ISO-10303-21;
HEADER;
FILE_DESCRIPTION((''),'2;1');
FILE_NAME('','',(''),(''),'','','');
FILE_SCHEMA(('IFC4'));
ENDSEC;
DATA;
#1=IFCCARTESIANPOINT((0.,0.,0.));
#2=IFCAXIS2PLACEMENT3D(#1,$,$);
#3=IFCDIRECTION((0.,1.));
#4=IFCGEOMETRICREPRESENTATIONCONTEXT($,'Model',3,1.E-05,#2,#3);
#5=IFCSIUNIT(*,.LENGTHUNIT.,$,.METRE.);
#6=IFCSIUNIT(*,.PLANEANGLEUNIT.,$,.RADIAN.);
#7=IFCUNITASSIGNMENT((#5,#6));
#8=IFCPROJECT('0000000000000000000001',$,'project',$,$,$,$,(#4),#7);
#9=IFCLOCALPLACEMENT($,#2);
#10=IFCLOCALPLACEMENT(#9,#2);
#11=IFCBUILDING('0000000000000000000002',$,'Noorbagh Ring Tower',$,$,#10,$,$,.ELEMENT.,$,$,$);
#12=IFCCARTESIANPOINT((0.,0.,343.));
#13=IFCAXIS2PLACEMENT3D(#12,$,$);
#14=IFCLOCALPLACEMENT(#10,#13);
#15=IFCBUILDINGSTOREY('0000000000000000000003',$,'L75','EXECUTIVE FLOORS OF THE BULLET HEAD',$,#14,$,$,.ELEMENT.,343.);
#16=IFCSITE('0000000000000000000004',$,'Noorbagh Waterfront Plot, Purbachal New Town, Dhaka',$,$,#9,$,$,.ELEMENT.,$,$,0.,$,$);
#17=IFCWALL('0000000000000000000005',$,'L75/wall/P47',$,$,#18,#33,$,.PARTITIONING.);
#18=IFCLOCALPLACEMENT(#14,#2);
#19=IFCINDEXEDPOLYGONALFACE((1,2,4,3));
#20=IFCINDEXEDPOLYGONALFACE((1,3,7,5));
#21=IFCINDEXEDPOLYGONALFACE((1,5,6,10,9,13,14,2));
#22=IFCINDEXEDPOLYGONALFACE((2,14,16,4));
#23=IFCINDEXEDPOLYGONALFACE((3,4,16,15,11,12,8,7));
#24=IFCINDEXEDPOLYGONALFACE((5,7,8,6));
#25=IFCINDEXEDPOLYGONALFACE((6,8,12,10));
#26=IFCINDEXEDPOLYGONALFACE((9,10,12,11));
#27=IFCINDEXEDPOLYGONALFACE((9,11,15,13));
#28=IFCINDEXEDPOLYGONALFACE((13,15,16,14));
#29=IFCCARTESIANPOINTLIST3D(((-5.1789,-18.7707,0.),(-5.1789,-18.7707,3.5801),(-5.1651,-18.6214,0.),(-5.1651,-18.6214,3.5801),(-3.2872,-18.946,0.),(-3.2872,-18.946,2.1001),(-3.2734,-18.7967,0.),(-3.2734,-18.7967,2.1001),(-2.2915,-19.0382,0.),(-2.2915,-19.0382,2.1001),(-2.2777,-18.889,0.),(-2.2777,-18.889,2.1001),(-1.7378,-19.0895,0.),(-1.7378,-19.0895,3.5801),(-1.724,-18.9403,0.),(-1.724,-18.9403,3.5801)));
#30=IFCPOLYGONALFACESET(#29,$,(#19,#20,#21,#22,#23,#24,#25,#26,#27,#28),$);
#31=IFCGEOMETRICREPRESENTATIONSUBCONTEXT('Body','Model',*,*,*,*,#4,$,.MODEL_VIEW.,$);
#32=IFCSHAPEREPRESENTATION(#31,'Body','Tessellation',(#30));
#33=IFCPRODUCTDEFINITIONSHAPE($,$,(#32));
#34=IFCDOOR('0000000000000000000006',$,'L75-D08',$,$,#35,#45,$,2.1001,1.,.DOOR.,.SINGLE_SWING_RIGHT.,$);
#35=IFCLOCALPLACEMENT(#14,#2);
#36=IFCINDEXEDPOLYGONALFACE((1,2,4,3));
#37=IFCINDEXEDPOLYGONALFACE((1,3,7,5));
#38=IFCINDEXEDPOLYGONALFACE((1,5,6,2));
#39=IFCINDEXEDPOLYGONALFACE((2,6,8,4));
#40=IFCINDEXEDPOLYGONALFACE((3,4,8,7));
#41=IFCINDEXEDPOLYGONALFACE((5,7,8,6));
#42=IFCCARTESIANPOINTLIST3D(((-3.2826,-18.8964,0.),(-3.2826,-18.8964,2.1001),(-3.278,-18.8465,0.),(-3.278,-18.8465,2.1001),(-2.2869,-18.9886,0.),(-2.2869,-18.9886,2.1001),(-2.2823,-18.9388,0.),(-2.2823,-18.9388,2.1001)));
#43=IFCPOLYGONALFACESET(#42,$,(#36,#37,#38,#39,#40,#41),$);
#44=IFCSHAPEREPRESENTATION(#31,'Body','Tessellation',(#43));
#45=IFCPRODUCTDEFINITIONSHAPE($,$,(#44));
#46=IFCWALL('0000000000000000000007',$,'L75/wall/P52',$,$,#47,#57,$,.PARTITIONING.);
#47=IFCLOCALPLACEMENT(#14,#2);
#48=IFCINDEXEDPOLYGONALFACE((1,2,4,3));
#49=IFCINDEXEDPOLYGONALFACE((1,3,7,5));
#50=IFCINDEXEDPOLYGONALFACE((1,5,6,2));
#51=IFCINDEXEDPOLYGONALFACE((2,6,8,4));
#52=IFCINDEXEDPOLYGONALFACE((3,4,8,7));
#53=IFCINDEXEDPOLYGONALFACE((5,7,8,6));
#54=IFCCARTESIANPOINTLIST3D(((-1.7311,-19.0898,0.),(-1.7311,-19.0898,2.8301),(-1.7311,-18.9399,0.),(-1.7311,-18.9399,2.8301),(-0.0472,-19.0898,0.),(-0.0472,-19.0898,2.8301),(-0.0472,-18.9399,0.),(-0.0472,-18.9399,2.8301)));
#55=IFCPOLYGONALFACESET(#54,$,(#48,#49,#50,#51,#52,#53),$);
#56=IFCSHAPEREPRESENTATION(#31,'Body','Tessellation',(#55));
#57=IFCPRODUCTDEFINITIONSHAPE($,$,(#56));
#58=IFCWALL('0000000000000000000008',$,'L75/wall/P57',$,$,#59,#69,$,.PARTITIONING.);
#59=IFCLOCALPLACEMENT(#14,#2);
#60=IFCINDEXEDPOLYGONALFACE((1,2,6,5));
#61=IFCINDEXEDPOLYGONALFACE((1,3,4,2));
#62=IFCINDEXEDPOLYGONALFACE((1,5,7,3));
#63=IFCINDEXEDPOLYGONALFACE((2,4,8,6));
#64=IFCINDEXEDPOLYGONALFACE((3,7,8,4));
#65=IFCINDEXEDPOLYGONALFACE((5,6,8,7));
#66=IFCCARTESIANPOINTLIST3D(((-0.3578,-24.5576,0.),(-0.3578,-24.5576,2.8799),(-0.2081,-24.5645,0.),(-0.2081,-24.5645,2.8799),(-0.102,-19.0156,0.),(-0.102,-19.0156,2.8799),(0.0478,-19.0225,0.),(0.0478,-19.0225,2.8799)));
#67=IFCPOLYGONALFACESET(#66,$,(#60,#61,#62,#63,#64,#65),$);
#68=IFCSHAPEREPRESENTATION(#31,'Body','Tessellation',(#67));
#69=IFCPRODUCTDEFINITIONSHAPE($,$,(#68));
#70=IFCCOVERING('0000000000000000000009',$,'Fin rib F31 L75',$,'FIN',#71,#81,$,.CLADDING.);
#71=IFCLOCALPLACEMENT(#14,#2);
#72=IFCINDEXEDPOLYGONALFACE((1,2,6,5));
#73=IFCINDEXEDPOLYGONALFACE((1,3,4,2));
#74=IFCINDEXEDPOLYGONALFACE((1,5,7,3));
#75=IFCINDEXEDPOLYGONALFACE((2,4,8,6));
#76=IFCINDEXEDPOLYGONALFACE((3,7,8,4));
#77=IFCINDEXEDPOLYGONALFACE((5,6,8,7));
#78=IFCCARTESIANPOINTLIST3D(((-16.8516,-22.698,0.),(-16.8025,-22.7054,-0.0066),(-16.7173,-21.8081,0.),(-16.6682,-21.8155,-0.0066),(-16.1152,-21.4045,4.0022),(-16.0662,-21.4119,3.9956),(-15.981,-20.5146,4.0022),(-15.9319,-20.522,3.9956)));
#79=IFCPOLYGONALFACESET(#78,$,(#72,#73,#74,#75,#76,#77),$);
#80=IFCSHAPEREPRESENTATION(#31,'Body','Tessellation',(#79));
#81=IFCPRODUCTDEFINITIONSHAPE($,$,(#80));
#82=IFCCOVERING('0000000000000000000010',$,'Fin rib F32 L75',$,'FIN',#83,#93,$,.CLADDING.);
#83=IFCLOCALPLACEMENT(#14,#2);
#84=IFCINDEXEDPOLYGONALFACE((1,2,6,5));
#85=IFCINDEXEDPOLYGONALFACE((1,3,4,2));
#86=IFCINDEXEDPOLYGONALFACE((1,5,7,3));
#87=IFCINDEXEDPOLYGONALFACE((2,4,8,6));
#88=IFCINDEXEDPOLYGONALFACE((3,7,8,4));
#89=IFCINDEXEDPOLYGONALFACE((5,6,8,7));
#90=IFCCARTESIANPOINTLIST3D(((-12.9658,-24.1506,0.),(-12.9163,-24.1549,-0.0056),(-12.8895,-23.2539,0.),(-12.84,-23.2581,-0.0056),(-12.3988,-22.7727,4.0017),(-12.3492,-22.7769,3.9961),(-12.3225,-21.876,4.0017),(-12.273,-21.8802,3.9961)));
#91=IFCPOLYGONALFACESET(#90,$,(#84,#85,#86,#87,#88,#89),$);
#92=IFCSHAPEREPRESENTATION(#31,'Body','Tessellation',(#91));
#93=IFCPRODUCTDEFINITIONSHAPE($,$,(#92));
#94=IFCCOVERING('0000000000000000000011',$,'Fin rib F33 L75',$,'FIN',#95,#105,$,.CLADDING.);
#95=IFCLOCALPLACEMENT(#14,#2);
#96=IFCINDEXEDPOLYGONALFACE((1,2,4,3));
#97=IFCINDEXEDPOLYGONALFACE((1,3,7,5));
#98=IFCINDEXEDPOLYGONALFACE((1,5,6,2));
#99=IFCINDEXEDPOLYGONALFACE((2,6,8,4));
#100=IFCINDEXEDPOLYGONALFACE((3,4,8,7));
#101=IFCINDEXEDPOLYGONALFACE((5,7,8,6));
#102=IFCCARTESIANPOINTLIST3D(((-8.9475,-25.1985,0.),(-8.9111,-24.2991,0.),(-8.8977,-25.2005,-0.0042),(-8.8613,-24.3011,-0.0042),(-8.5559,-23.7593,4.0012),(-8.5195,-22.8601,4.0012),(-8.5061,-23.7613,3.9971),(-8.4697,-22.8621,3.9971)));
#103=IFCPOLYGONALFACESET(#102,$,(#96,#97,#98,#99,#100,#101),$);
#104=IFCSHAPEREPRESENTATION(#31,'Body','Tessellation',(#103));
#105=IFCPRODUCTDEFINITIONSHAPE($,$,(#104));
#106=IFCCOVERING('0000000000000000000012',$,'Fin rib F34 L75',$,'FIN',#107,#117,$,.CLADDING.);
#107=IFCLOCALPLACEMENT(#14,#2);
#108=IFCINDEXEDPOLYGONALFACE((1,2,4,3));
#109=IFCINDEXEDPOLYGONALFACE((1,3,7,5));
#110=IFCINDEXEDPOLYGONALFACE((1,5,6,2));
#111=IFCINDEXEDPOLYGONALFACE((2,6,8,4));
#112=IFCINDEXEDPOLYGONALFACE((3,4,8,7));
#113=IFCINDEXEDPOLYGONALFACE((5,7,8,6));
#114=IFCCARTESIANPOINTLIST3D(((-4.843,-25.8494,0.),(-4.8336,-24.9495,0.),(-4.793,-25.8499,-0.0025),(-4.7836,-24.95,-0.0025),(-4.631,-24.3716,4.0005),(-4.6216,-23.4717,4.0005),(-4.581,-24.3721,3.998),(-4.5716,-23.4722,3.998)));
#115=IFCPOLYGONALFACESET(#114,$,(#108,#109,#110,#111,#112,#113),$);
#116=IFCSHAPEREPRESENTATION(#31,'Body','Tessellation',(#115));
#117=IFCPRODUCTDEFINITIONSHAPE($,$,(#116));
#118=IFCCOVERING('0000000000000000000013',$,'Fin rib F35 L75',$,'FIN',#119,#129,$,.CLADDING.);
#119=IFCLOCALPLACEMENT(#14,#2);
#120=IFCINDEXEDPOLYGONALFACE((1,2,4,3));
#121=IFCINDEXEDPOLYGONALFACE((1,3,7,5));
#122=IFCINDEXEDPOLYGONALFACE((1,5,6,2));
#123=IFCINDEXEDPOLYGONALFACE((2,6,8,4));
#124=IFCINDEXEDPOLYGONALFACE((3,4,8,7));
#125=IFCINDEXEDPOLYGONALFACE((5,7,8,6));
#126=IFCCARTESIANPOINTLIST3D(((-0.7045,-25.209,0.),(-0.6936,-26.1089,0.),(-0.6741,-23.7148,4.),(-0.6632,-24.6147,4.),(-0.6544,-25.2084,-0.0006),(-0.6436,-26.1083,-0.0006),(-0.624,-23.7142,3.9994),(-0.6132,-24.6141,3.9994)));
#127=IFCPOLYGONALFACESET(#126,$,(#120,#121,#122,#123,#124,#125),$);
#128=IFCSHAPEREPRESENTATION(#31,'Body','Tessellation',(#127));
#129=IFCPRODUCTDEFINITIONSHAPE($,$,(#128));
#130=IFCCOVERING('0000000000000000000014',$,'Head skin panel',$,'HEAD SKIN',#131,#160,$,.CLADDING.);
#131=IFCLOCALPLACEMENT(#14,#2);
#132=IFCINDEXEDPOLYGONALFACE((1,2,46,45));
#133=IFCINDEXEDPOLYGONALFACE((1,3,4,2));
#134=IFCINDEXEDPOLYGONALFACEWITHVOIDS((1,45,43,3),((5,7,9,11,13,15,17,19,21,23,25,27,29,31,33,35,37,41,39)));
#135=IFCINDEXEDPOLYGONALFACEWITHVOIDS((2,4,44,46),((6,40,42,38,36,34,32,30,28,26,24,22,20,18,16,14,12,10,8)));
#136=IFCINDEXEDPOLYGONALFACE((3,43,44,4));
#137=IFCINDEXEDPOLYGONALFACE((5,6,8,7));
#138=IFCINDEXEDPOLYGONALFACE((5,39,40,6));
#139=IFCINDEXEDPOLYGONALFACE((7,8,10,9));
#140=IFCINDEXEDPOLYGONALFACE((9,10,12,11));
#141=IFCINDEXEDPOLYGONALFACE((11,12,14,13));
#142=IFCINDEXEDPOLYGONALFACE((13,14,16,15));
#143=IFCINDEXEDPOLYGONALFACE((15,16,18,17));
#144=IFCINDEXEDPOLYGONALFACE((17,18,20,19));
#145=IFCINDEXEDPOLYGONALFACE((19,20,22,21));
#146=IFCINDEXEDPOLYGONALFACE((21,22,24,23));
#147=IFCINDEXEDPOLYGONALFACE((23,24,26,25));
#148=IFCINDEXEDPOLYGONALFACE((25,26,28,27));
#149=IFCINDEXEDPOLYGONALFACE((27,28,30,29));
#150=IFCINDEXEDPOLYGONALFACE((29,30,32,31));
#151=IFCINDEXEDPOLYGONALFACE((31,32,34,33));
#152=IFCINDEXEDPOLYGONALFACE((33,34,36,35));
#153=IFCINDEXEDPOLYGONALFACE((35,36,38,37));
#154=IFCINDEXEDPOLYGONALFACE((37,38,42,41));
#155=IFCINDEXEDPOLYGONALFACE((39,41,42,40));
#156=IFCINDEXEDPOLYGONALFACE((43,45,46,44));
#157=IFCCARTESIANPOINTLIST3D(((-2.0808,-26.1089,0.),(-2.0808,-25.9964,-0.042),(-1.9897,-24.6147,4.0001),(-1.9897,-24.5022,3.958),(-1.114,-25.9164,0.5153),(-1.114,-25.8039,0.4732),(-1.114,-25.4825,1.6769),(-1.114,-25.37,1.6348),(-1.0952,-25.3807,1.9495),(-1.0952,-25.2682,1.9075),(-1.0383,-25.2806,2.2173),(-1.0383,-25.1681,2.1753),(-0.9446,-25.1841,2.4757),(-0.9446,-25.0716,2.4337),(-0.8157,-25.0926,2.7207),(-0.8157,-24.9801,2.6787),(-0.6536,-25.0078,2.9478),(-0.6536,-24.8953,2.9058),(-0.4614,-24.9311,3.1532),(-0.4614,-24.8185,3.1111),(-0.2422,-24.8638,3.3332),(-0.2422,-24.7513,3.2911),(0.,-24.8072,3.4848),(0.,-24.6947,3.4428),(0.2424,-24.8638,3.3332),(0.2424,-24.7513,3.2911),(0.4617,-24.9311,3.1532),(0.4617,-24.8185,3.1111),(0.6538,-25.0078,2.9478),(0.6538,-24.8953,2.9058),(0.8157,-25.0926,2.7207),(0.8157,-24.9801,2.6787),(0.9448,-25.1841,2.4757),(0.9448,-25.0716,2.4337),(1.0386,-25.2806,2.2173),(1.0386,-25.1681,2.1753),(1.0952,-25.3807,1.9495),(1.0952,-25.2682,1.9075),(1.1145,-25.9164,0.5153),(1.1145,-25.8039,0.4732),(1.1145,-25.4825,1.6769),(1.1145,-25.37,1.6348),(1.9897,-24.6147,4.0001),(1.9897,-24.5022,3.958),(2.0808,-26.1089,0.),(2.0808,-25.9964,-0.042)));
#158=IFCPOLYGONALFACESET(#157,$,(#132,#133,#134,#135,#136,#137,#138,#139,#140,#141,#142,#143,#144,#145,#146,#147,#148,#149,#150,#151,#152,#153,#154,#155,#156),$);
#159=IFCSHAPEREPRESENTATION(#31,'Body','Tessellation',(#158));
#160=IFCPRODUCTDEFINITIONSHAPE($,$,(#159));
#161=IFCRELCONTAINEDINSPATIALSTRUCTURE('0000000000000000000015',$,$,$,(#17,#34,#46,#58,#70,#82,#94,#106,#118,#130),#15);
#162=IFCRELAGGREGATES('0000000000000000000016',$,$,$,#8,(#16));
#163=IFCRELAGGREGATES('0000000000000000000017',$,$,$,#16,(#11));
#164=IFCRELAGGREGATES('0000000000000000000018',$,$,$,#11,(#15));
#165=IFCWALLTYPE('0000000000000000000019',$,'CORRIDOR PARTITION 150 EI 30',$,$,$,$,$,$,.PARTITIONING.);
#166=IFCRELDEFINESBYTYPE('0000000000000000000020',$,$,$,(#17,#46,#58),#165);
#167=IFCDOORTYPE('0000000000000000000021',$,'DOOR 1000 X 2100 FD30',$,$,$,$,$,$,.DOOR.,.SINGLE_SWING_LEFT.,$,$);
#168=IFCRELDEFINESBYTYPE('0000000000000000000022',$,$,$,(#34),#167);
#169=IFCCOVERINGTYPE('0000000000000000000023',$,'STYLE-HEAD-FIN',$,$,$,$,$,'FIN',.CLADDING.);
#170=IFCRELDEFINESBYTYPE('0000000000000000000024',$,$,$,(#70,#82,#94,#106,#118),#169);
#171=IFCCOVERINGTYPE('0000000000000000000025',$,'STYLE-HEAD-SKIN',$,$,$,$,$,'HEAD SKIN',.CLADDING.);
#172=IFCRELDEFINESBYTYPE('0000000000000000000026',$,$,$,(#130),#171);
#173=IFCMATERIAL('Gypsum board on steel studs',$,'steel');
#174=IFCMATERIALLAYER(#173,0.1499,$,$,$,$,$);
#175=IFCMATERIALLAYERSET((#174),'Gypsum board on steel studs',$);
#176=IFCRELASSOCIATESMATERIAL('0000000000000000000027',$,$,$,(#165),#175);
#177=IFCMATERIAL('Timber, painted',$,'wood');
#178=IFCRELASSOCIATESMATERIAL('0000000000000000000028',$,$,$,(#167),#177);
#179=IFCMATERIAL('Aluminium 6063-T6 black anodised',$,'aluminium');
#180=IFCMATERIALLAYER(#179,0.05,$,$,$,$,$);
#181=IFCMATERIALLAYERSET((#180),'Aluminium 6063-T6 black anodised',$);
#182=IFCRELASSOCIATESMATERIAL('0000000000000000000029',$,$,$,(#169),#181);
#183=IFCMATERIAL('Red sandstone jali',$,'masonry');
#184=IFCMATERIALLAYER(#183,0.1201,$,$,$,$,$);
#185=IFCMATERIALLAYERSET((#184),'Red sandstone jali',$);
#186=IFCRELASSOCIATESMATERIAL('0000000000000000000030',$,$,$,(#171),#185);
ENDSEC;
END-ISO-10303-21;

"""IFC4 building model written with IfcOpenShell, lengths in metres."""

from ifc_helpers import new_model, si_unit, direction, frame, frame_2d, origin, place, context, subcontext, project, spatial, polyline, rectangle, outline, extrude, material, layer, layer_set, type_object, element, fill, save


model = new_model("IFC4")

# Units and contexts
model_context = context("Model", 3, precision=1e-05, world=origin(), true_north=direction((0.0, 1.0)))
body_context = subcontext(model_context, "Body", "Model", "MODEL_VIEW")
ifc_project = project(units=[si_unit("LENGTHUNIT", "METRE"), si_unit("PLANEANGLEUNIT", "RADIAN")], contexts=[model_context])

# Site, building, storey
site_placement = place(None, origin())
site = spatial("IfcSite", under=ifc_project, at=site_placement, Name="Noorbagh Waterfront Plot, Purbachal New Town, Dhaka", CompositionType="ELEMENT", RefElevation=0.0)
building_placement = place(site_placement, origin())
building = spatial("IfcBuilding", under=site, at=building_placement, Name="Noorbagh Ring Tower", CompositionType="ELEMENT")
storey_placement = place(building_placement, frame((0.0, 0.0, 343.0)))
storey = spatial("IfcBuildingStorey", under=building, at=storey_placement, Name="L75", Description="EXECUTIVE FLOORS OF THE BULLET HEAD", CompositionType="ELEMENT", Elevation=343.0)

# Shared definitions
ifc_material_1 = material(Name="Gypsum board on steel studs", Category="steel")
ifc_layer_1 = layer(ifc_material_1, 0.1499)
ifc_layer_set_1 = layer_set([ifc_layer_1], Name="Gypsum board on steel studs")
wall_type = type_object("IfcWallType", Name="CORRIDOR PARTITION 150 EI 30", PredefinedType="PARTITIONING", material=ifc_layer_set_1)

# Wall, opening, door
wall_1_placement = place(storey_placement, frame((-5.1721, -18.696, 0.0), z_axis=(0.0, 0.0, 1.0), x_axis=(0.995735, -0.092262, 0.0)))
wall_1 = element("IfcWall", 1, at=wall_1_placement, inside=storey, type_object=wall_type, Name="L75/wall/P47", PredefinedType="PARTITIONING", context=body_context, shape_type="SweptSolid", body=[
    extrude(rectangle(XDim=3.4558, YDim=0.1499, at=frame_2d((1.728, 0.0))), origin(), (0.0, 0.0, 1.0), 3.5801),
])
opening_placement = place(wall_1_placement, frame((1.8999, 0.0, 0.0)))
opening = element("IfcOpeningElement", 2, at=opening_placement, cuts=wall_1, PredefinedType="OPENING", context=body_context, shape_type="SweptSolid", body=[
    extrude(rectangle(XDim=1.0, YDim=2.1001, at=frame_2d((0.5, 1.05))), frame((0.0, 0.085, 0.0), z_axis=(0.0, -1.0, 0.0), x_axis=(1.0, 0.0, 0.0)), (0.0, 0.0, 1.0), 0.1699),
])
ifc_material_2 = material(Name="Timber, painted", Category="wood")
door_type = type_object("IfcDoorType", Name="DOOR 1000 X 2100 FD30", OperationType="SINGLE_SWING_LEFT", PredefinedType="DOOR", material=ifc_material_2)
door_placement = place(opening_placement, origin())
door = element("IfcDoor", 3, at=door_placement, inside=storey, type_object=door_type, Name="L75-D08", OperationType="SINGLE_SWING_RIGHT", OverallHeight=2.1001, OverallWidth=1.0, PredefinedType="DOOR", context=body_context, shape_type="SweptSolid", body=[
    extrude(rectangle(XDim=1.0, YDim=2.1001, at=frame_2d((0.5, 1.05))), frame((0.0, 0.0249, 0.0), z_axis=(0.0, -1.0, 0.0), x_axis=(1.0, 0.0, 0.0)), (0.0, 0.0, 1.0), 0.05),
])
fill(opening, door)

# Walls
wall_2_placement = place(storey_placement, frame((-1.731, -19.0149, 0.0), z_axis=(0.0, 0.0, 1.0), x_axis=(1.0, 0.0, 0.0)))
element("IfcWall", 4, at=wall_2_placement, inside=storey, type_object=wall_type, Name="L75/wall/P52", PredefinedType="PARTITIONING", context=body_context, shape_type="SweptSolid", body=[
    extrude(rectangle(XDim=1.6838, YDim=0.1499, at=frame_2d((0.8418, 0.0))), origin(), (0.0, 0.0, 1.0), 2.8301),
])
wall_3_placement = place(storey_placement, frame((-0.283, -24.561, 0.0), z_axis=(0.0, 0.0, 1.0), x_axis=(0.046118, 0.998936, 0.0)))
element("IfcWall", 5, at=wall_3_placement, inside=storey, type_object=wall_type, Name="L75/wall/P57", PredefinedType="PARTITIONING", context=body_context, shape_type="SweptSolid", body=[
    extrude(rectangle(XDim=5.5479, YDim=0.1499, at=frame_2d((2.7739, 0.0))), origin(), (0.0, 0.0, 1.0), 2.8799),
])

# Coverings
ifc_material_3 = material(Name="Aluminium 6063-T6 black anodised", Category="aluminium")
ifc_layer_2 = layer(ifc_material_3, 0.05)
ifc_layer_set_2 = layer_set([ifc_layer_2], Name="Aluminium 6063-T6 black anodised")
covering_type_1 = type_object("IfcCoveringType", Name="STYLE-HEAD-FIN", ElementType="FIN", PredefinedType="CLADDING", material=ifc_layer_set_2)
covering_1_placement = place(storey_placement, frame((-16.8516, -22.698, 0.0), z_axis=(-0.980085, 0.147887, 0.132522), x_axis=(0.172443, 0.302918, 0.937285)))
element("IfcCovering", 6, at=covering_1_placement, inside=storey, type_object=covering_type_1, Name="Fin rib F31 L75", ObjectType="FIN", PredefinedType="CLADDING", context=body_context, shape_type="SweptSolid", body=[
    extrude(outline(polyline([(0.0, 0.0), (4.27, 0.0), (4.5627, 0.851), (0.2927, 0.851), (0.0, 0.0)])), origin(), (0.0, 0.0, -1.0), 0.05),
])
covering_2_placement = place(storey_placement, frame((-12.9658, -24.1506, 0.0), z_axis=(-0.99021, 0.084247, 0.111297), x_axis=(0.132787, 0.32269, 0.937144)))
element("IfcCovering", 7, at=covering_2_placement, inside=storey, type_object=covering_type_1, Name="Fin rib F32 L75", ObjectType="FIN", PredefinedType="CLADDING", context=body_context, shape_type="SweptSolid", body=[
    extrude(outline(polyline([(0.0, 0.0), (4.2701, 0.0), (4.5696, 0.8487), (0.2995, 0.8487), (0.0, 0.0)])), origin(), (0.0, 0.0, -1.0), 0.05),
])
covering_3_placement = place(storey_placement, frame((-8.9475, -25.1985, 0.0), z_axis=(-0.995738, 0.040278, 0.082967), x_axis=(0.091707, 0.337037, 0.937014)))
element("IfcCovering", 8, at=covering_3_placement, inside=storey, type_object=covering_type_1, Name="Fin rib F33 L75", ObjectType="FIN", PredefinedType="CLADDING", context=body_context, shape_type="SweptSolid", body=[
    extrude(outline(polyline([(0.0, 0.0), (4.2702, 0.0), (4.5766, 0.8461), (0.3065, 0.8464), (0.0, 0.0)])), origin(), (0.0, 0.0, -1.0), 0.05),
])
covering_4_placement = place(storey_placement, frame((-4.843, -25.8494, 0.0), z_axis=(-0.99874, 0.010432, 0.049082), x_axis=(0.049657, 0.346087, 0.936887)))
element("IfcCovering", 9, at=covering_4_placement, inside=storey, type_object=covering_type_1, Name="Fin rib F34 L75", ObjectType="FIN", PredefinedType="CLADDING", context=body_context, shape_type="SweptSolid", body=[
    extrude(outline(polyline([(0.0, 0.0), (4.27, 0.0), (4.5819, 0.8442), (0.3119, 0.8442), (0.0, 0.0)])), origin(), (0.0, 0.0, -1.0), 0.05),
])
covering_5_placement = place(storey_placement, frame((-0.6936, -26.1089, 0.0), z_axis=(-0.999854, -0.012071, 0.012107), x_axis=(0.007118, 0.349911, 0.936756)))
element("IfcCovering", 10, at=covering_5_placement, inside=storey, type_object=covering_type_1, Name="Fin rib F35 L75", ObjectType="FIN", PredefinedType="CLADDING", context=body_context, shape_type="SweptSolid", body=[
    extrude(outline(polyline([(0.0, 0.0), (4.2701, 0.0), (4.5849, 0.8431), (0.3148, 0.8431), (0.0, 0.0)])), origin(), (0.0, 0.0, -1.0), 0.05),
])
ifc_material_4 = material(Name="Red sandstone jali", Category="masonry")
ifc_layer_3 = layer(ifc_material_4, 0.1201)
ifc_layer_set_3 = layer_set([ifc_layer_3], Name="Red sandstone jali")
covering_type_2 = type_object("IfcCoveringType", Name="STYLE-HEAD-SKIN", ElementType="HEAD SKIN", PredefinedType="CLADDING", material=ifc_layer_set_3)
covering_6_placement = place(storey_placement, frame((-2.0808, -26.1089, 0.0), z_axis=(0.0, -0.93678, 0.34992), x_axis=(1.0, 0.0, 0.0)))
element("IfcCovering", 11, at=covering_6_placement, inside=storey, type_object=covering_type_2, Name="Head skin panel", ObjectType="HEAD SKIN", PredefinedType="CLADDING", context=body_context, shape_type="SweptSolid", body=[
    extrude(outline(polyline([(0.0, 0.0), (4.1616, 0.0), (4.0706, 4.27), (0.0911, 4.27), (0.0, 0.0)]), holes=[polyline([(0.9668, 0.55), (0.9668, 1.79), (0.9856, 2.0811), (1.0425, 2.3669), (1.1362, 2.6428), (1.2651, 2.9043), (1.4272, 3.1467), (1.6194, 3.366), (1.8386, 3.5581), (2.0808, 3.72), (2.3232, 3.5581), (2.5425, 3.366), (2.7346, 3.1467), (2.8965, 2.9043), (3.0256, 2.6428), (3.1194, 2.3669), (3.176, 2.0811), (3.1953, 1.79), (3.1953, 0.55), (0.9668, 0.55)])]), origin(), (0.0, 0.0, -1.0), 0.1201),
])

save(model, "model.ifc")
